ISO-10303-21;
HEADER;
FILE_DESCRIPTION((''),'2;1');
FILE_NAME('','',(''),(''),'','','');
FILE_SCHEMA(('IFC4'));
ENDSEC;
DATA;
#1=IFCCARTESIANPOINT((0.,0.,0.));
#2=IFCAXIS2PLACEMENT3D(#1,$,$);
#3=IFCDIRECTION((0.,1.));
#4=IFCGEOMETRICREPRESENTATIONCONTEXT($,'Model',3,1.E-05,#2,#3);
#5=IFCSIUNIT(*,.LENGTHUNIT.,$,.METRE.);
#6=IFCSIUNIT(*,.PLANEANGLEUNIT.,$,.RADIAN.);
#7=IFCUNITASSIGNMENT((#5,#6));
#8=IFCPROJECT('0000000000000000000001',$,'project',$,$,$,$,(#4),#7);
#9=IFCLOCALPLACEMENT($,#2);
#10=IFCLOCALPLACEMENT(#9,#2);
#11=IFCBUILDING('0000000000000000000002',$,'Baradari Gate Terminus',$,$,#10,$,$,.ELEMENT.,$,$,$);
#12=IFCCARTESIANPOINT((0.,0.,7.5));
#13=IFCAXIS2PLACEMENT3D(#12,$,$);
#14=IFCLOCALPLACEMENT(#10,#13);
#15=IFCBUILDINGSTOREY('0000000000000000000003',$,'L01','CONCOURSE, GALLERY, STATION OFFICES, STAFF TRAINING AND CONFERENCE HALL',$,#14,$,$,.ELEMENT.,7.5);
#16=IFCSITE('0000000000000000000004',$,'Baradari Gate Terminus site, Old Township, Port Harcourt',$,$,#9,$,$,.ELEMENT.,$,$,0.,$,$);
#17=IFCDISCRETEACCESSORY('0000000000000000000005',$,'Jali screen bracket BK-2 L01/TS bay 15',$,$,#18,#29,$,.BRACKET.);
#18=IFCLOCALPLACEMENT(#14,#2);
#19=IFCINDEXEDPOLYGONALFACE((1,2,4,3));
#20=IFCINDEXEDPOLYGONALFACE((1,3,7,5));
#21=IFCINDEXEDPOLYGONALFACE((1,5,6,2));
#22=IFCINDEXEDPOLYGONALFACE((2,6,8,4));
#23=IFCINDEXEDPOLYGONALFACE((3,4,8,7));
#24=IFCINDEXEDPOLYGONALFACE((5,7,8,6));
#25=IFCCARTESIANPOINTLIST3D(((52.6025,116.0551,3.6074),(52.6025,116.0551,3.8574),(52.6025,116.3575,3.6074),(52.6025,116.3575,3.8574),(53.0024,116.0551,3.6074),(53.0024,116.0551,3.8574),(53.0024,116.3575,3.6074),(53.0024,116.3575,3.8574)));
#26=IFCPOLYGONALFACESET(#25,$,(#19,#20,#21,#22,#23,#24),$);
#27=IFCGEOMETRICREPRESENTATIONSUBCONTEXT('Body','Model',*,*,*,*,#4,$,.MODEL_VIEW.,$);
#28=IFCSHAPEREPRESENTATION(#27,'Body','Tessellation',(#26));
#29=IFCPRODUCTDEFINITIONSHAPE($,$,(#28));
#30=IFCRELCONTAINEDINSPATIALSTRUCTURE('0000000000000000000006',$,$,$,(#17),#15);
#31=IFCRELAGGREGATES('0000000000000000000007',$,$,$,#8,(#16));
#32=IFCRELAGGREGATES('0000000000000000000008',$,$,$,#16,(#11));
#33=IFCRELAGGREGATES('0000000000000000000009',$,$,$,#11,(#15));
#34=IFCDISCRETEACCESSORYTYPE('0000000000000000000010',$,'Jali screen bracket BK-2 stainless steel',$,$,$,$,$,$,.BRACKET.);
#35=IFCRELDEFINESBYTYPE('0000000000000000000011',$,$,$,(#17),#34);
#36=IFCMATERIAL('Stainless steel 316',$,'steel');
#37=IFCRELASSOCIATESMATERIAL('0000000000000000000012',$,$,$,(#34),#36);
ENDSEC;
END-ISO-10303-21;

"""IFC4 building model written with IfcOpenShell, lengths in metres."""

from ifc_helpers import new_model, si_unit, direction, frame, origin, origin_2d, place, context, subcontext, project, spatial, rectangle, extrude, material, type_object, element, save


model = new_model("IFC4")

# Units and contexts
model_context = context("Model", 3, precision=1e-05, world=origin(), true_north=direction((0.0, 1.0)))
body_context = subcontext(model_context, "Body", "Model", "MODEL_VIEW")
ifc_project = project(units=[si_unit("LENGTHUNIT", "METRE"), si_unit("PLANEANGLEUNIT", "RADIAN")], contexts=[model_context])

# Site, building, storey
site_placement = place(None, origin())
site = spatial("IfcSite", under=ifc_project, at=site_placement, Name="Baradari Gate Terminus site, Old Township, Port Harcourt", CompositionType="ELEMENT", RefElevation=0.0)
building_placement = place(site_placement, origin())
building = spatial("IfcBuilding", under=site, at=building_placement, Name="Baradari Gate Terminus", CompositionType="ELEMENT")
storey_placement = place(building_placement, frame((0.0, 0.0, 7.5)))
storey = spatial("IfcBuildingStorey", under=building, at=storey_placement, Name="L01", Description="CONCOURSE, GALLERY, STATION OFFICES, STAFF TRAINING AND CONFERENCE HALL", CompositionType="ELEMENT", Elevation=7.5)

# Discrete accessory
ifc_material_1 = material(Name="Stainless steel 316", Category="steel")
discrete_accessory_type = type_object("IfcDiscreteAccessoryType", Name="Jali screen bracket BK-2 stainless steel", PredefinedType="BRACKET", material=ifc_material_1)
for number, where, z_axis, x_axis, name in (
    (1, (52.8025, 116.2063, 3.6074), (0.0, 0.0, 1.0), (0.0, -1.0, 0.0), "Jali screen bracket BK-2 L01/TS bay 15"),
):
    element("IfcDiscreteAccessory", number, at=place(storey_placement, frame(where, z_axis=z_axis, x_axis=x_axis)), inside=storey, type_object=discrete_accessory_type, Name=name, PredefinedType="BRACKET", context=body_context, shape_type="SweptSolid", body=[
        extrude(rectangle(XDim=0.3025, YDim=0.3999, at=origin_2d()), origin(), (0.0, 0.0, 1.0), 0.25),
    ])

save(model, "model.ifc")
